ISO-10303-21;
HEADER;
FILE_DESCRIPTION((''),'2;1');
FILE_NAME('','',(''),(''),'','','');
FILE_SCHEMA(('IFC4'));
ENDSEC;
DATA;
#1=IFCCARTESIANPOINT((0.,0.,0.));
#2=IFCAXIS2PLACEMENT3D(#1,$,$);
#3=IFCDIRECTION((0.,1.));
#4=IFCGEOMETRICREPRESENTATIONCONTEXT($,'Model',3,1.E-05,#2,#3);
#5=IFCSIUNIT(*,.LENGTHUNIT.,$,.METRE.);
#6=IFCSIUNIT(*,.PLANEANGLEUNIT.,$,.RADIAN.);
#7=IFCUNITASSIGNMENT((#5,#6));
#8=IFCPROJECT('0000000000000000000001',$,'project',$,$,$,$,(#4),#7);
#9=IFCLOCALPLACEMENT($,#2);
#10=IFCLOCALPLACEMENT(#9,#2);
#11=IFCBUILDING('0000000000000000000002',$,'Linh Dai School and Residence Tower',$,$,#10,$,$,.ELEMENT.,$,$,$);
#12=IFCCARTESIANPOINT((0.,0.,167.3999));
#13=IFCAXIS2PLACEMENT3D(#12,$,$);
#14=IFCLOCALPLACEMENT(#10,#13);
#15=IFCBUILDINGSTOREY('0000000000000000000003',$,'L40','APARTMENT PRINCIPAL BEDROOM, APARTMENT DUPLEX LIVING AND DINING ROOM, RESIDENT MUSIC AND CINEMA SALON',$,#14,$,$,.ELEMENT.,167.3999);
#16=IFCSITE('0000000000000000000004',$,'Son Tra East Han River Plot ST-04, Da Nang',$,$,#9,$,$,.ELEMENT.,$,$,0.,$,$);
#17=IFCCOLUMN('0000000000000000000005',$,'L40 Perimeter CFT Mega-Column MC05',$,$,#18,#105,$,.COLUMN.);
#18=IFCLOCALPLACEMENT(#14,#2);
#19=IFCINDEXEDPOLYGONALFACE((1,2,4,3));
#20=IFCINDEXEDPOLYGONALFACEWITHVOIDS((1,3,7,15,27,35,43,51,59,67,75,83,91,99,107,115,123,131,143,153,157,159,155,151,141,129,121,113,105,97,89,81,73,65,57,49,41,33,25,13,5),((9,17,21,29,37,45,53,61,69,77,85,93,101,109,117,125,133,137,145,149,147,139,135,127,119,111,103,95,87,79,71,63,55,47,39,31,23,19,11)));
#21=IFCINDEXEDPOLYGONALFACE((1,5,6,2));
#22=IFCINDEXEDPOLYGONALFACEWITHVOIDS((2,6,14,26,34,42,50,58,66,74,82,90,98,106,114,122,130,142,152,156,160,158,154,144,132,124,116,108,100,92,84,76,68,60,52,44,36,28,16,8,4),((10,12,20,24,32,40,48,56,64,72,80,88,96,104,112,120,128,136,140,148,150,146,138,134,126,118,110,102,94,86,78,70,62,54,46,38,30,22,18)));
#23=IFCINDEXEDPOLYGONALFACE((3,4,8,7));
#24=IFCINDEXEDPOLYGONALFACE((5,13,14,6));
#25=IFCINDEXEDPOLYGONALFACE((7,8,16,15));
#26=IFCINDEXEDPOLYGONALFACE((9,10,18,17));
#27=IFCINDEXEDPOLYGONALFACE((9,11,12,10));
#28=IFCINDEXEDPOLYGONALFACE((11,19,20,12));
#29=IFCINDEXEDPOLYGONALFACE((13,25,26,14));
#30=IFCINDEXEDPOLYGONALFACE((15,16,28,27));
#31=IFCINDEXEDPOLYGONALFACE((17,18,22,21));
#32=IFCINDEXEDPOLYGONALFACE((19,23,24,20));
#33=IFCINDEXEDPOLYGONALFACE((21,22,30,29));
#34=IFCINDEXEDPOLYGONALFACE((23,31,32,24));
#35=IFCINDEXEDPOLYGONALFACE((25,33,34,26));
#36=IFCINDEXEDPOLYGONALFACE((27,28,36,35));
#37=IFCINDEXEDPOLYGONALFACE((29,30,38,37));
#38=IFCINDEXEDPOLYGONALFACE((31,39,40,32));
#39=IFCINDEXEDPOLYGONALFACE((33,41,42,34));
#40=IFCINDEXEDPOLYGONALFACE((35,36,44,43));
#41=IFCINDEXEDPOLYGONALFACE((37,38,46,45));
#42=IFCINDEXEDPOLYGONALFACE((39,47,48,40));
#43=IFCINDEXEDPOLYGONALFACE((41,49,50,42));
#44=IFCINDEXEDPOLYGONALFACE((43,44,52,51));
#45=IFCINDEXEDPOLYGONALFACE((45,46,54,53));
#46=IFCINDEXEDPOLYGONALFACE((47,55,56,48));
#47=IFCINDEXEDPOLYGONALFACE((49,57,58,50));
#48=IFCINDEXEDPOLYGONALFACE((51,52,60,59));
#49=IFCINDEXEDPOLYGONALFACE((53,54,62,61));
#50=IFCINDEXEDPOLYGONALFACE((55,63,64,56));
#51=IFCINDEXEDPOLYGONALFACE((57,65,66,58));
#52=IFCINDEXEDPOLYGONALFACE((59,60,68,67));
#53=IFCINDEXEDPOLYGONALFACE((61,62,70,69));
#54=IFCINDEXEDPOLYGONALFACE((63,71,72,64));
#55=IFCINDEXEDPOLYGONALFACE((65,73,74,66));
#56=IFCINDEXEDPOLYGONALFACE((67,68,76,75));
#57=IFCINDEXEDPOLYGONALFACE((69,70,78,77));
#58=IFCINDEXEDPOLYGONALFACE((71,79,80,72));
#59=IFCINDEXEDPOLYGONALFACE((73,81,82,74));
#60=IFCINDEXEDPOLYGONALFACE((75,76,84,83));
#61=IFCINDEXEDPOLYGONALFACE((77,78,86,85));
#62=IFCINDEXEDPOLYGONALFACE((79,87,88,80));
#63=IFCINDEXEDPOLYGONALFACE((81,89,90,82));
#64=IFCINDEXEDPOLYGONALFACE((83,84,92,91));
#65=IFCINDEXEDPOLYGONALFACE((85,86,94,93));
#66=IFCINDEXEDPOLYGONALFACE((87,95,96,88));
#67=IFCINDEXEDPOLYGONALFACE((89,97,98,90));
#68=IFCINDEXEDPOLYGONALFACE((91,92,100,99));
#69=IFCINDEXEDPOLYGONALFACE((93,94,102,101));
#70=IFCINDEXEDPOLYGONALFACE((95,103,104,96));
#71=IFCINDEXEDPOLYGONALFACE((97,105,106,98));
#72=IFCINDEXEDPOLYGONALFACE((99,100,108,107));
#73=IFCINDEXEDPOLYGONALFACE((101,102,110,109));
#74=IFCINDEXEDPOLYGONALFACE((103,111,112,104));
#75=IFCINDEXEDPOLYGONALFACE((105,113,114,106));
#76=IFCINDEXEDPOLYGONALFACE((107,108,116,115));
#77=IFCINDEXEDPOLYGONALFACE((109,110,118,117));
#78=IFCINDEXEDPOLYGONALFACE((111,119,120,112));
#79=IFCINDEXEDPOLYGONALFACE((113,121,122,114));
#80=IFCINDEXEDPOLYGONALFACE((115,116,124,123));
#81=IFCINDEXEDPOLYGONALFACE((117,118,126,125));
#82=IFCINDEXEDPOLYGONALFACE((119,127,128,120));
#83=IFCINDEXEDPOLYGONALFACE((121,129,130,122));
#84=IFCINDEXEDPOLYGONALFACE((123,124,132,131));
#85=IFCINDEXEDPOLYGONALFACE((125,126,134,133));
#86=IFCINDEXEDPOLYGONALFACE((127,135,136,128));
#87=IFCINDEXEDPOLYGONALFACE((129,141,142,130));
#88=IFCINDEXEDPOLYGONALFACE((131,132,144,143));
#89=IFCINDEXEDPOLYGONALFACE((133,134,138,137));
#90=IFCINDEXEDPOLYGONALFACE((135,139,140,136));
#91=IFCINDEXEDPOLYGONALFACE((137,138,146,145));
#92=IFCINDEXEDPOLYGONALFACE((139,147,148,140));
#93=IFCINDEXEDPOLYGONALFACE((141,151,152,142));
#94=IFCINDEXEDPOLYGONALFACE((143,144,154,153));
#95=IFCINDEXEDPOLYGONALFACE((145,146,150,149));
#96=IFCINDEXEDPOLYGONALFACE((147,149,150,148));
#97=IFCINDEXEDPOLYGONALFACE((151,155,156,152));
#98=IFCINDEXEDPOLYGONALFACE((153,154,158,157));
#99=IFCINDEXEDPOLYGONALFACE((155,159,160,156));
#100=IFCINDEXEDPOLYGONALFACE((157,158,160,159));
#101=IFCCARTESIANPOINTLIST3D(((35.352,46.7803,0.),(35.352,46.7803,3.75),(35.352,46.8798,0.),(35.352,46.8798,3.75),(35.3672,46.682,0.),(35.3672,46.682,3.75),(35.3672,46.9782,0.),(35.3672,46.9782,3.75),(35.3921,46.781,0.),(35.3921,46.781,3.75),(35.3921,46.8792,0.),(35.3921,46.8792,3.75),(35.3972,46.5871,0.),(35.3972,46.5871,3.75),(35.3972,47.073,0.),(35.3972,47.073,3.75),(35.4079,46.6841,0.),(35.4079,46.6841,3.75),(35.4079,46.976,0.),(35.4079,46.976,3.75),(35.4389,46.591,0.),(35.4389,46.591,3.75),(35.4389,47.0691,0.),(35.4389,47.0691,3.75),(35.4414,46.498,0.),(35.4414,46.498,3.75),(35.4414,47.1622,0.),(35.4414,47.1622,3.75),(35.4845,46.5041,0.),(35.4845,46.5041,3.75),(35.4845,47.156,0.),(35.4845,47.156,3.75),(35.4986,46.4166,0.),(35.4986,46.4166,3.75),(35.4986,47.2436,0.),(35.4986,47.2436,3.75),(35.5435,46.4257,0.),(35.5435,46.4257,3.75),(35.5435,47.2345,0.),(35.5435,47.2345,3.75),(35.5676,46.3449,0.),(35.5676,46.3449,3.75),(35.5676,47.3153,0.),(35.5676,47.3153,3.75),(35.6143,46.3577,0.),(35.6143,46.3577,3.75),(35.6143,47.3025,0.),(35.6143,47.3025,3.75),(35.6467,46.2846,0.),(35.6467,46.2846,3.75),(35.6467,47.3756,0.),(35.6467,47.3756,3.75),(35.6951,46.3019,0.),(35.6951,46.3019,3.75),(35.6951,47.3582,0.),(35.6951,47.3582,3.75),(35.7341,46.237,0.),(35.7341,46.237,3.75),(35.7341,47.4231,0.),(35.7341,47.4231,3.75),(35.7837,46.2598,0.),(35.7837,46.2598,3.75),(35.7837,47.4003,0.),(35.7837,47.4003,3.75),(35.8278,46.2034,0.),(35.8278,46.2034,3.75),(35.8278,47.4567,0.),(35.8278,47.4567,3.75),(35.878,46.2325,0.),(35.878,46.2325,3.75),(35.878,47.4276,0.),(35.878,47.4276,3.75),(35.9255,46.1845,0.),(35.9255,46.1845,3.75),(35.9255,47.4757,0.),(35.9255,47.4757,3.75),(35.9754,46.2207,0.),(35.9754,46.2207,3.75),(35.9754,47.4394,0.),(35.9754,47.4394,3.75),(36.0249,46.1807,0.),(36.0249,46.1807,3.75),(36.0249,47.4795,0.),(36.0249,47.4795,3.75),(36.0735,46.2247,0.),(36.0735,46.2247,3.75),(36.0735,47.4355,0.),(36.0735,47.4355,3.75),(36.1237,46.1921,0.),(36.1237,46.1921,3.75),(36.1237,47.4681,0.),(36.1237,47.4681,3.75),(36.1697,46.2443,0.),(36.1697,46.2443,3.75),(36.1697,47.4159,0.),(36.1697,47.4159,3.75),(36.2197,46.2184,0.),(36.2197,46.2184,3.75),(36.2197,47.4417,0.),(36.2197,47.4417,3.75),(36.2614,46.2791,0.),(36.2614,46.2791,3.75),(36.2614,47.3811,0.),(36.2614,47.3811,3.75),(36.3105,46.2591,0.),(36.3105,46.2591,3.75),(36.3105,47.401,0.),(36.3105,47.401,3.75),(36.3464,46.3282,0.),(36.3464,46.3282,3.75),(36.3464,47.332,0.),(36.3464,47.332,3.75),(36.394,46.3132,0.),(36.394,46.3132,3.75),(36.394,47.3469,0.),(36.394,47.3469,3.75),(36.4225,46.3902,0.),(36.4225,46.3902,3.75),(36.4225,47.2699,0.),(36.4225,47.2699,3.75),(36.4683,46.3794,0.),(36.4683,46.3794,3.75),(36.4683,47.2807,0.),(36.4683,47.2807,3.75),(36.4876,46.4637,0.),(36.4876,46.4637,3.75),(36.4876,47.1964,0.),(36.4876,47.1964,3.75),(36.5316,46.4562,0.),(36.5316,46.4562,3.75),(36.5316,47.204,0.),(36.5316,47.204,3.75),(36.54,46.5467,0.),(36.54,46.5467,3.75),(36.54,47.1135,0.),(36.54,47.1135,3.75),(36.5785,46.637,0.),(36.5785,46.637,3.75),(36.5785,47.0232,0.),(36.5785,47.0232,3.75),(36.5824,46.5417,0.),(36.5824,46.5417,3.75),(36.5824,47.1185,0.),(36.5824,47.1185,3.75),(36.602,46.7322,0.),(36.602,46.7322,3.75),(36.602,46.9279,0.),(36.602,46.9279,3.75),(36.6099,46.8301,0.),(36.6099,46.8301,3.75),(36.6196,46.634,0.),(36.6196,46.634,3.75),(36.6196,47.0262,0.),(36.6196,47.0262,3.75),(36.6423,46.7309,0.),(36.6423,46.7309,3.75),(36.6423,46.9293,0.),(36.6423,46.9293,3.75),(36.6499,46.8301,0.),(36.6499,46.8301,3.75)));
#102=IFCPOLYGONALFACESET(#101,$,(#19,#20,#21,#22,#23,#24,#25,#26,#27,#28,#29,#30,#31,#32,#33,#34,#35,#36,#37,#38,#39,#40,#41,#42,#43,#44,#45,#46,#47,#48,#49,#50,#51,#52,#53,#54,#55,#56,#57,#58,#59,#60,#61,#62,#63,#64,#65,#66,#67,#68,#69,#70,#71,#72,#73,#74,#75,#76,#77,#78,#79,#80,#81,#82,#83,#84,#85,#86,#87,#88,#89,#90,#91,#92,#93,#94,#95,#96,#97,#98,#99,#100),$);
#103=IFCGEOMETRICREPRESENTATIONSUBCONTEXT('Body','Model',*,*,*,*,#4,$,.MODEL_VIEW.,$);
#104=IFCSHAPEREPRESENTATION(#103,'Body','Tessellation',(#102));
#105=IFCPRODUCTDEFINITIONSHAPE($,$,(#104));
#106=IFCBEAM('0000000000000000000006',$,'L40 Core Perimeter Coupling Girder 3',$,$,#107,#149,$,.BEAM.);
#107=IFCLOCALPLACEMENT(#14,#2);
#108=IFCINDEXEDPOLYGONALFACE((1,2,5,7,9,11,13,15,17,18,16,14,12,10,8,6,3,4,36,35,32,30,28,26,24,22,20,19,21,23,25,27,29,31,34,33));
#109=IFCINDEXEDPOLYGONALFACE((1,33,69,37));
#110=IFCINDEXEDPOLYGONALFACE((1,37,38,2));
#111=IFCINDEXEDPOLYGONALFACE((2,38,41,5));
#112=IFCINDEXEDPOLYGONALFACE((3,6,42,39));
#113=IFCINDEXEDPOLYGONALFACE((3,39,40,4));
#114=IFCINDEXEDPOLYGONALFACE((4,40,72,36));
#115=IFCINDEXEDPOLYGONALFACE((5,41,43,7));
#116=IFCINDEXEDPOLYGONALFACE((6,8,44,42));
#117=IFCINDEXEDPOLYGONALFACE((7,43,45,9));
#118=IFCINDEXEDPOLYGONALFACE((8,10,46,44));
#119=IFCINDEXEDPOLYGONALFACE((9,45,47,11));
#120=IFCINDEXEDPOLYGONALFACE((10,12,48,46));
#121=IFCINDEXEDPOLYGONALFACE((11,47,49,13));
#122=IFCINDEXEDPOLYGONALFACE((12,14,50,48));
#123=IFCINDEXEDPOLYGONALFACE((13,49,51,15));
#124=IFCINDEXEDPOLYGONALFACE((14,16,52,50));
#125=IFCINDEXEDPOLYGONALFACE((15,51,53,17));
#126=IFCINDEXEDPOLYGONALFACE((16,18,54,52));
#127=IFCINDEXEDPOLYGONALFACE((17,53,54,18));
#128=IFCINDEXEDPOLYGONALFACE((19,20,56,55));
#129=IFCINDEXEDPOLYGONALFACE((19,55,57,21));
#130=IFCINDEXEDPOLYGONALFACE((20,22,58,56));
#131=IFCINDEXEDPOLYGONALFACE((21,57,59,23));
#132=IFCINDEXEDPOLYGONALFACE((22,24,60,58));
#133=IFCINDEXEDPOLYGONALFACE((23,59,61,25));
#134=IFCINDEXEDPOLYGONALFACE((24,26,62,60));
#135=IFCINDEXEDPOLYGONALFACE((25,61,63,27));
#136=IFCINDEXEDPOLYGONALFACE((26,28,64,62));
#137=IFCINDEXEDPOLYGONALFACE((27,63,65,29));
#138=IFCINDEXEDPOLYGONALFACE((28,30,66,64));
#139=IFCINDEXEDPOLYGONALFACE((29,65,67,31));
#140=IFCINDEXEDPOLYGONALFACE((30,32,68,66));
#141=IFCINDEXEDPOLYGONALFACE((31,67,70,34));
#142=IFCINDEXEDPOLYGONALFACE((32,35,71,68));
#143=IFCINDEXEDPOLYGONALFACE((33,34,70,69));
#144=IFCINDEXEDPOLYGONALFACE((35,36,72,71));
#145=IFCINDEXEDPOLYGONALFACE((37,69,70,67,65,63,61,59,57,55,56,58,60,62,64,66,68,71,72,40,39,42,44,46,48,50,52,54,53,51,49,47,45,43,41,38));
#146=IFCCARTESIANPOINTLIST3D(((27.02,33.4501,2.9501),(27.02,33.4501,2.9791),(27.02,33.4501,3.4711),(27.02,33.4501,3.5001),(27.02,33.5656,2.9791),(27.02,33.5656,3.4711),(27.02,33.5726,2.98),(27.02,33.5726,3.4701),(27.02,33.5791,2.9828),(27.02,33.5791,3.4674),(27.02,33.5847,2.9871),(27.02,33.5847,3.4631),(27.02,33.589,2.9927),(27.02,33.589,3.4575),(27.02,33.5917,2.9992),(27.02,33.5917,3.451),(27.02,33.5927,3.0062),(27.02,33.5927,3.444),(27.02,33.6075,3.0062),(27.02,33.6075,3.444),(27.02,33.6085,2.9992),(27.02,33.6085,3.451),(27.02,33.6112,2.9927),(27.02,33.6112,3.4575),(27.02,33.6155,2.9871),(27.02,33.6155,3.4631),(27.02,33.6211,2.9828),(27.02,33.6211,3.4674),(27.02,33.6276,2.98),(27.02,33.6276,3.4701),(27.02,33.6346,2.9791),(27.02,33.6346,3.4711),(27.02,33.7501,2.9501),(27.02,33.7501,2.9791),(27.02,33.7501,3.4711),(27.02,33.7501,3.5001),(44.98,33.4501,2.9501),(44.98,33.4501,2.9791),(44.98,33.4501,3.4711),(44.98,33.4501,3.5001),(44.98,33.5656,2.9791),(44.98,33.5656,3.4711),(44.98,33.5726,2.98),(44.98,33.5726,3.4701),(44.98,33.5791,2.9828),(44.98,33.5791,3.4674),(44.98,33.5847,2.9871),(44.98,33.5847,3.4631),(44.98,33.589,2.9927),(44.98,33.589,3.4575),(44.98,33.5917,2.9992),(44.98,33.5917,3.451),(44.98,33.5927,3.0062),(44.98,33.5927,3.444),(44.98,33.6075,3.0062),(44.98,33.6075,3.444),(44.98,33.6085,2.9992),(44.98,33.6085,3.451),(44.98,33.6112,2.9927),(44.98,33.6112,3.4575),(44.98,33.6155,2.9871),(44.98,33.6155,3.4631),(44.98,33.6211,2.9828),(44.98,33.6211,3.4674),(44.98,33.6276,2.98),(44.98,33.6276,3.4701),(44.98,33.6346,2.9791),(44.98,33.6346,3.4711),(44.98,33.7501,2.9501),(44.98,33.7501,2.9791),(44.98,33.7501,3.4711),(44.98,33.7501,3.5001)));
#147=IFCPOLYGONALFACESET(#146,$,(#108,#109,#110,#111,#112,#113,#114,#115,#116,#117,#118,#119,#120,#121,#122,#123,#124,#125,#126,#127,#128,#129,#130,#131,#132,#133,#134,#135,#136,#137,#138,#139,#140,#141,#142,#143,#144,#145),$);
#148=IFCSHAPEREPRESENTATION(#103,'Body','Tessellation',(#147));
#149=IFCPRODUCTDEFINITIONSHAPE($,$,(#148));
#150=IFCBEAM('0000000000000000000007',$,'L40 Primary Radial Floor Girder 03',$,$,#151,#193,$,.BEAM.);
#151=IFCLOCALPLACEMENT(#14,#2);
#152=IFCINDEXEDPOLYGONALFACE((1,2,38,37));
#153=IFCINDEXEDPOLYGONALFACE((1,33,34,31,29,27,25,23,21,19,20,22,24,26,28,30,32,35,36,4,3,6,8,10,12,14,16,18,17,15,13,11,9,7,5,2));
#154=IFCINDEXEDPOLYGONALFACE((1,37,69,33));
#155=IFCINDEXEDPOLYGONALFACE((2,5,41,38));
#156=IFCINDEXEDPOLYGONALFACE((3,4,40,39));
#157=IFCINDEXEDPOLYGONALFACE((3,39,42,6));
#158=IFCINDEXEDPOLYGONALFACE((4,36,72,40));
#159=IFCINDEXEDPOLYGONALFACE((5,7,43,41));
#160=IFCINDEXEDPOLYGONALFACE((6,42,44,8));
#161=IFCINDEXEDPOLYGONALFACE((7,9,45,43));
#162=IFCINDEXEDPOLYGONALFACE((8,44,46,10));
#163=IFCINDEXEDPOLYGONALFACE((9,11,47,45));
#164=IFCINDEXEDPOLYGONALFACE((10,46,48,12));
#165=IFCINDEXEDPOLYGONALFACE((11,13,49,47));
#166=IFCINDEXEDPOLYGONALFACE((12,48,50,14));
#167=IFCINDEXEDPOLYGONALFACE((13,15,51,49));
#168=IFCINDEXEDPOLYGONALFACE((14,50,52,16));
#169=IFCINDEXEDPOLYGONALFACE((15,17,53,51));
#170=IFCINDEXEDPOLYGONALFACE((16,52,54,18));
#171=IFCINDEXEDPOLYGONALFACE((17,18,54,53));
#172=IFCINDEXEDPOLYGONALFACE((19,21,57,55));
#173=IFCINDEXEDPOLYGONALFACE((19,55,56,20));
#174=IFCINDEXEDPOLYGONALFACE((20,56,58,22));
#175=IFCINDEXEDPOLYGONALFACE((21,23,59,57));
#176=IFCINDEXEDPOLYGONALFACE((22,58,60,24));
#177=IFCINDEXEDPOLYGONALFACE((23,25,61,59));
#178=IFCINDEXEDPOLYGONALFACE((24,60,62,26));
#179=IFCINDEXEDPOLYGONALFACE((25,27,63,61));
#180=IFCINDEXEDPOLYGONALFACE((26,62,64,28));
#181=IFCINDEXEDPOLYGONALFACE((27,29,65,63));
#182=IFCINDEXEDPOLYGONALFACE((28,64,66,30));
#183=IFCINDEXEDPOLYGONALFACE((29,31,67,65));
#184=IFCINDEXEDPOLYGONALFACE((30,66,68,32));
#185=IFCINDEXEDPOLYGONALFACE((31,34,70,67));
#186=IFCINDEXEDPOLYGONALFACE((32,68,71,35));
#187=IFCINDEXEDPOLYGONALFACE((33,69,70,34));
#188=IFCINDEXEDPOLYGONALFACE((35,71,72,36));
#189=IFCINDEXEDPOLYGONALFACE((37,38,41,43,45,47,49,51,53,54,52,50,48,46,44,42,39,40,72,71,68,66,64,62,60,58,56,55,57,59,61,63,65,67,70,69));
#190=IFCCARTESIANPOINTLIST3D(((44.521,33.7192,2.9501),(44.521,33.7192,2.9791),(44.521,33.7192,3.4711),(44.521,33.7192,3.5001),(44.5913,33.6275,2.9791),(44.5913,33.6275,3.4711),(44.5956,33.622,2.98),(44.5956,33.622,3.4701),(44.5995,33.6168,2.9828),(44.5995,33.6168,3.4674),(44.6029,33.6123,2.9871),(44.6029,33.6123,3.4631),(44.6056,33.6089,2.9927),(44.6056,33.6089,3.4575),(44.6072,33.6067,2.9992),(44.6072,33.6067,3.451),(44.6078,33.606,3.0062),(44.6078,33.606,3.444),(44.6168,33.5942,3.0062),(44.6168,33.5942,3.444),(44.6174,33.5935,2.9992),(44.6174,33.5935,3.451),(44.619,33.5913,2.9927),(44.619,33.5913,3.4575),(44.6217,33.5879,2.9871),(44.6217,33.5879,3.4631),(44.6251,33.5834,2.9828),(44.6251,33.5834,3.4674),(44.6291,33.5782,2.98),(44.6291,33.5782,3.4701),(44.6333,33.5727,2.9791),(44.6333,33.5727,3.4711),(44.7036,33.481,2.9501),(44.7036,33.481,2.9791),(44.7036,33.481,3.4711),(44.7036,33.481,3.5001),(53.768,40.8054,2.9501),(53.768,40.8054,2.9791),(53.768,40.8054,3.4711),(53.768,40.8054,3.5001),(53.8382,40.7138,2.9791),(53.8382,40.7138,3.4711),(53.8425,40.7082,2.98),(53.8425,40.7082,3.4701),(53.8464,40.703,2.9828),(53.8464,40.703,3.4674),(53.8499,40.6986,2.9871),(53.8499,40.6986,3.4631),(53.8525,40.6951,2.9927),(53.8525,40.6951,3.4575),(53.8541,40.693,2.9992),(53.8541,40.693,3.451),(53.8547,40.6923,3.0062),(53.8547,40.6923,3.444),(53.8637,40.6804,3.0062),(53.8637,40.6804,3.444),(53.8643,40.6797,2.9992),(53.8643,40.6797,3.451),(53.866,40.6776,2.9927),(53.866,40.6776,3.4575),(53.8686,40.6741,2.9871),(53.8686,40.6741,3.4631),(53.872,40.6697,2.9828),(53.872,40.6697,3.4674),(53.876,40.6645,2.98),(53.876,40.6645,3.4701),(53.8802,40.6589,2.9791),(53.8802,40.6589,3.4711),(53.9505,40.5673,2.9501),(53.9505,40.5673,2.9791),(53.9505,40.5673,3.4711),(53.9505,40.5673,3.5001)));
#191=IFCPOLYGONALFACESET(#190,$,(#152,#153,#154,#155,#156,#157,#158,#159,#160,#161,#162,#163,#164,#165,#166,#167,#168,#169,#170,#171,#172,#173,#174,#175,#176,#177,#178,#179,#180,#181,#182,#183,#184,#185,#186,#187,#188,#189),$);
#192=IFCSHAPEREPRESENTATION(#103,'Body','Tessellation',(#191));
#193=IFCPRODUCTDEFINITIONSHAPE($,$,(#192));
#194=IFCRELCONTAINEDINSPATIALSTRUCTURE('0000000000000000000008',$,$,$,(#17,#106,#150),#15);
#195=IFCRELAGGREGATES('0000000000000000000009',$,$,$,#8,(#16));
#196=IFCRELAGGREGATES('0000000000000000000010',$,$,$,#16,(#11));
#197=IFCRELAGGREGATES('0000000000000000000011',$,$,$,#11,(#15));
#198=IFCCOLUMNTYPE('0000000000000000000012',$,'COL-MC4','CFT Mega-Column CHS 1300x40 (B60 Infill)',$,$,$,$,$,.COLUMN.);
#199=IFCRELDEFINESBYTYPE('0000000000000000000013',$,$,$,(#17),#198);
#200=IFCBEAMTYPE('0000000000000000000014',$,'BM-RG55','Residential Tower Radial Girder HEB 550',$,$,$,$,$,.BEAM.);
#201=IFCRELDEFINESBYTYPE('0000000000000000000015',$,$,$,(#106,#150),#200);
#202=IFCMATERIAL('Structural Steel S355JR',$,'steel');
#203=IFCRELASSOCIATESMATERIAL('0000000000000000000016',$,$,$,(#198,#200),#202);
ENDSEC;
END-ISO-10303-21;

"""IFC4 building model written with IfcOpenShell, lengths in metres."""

from ifc_helpers import new_model, si_unit, direction, frame, origin, origin_2d, place, context, subcontext, project, spatial, hollow_circle, i_section, extrude, material, material_profile, profile_set, type_object, element, save


model = new_model("IFC4")

# Units and contexts
model_context = context("Model", 3, precision=1e-05, world=origin(), true_north=direction((0.0, 1.0)))
body_context = subcontext(model_context, "Body", "Model", "MODEL_VIEW")
ifc_project = project(units=[si_unit("LENGTHUNIT", "METRE"), si_unit("PLANEANGLEUNIT", "RADIAN")], contexts=[model_context])

# Site, building, storey
site_placement = place(None, origin())
site = spatial("IfcSite", under=ifc_project, at=site_placement, Name="Son Tra East Han River Plot ST-04, Da Nang", CompositionType="ELEMENT", RefElevation=0.0)
building_placement = place(site_placement, origin())
building = spatial("IfcBuilding", under=site, at=building_placement, Name="Linh Dai School and Residence Tower", CompositionType="ELEMENT")
storey_placement = place(building_placement, frame((0.0, 0.0, 167.3999)))
storey = spatial("IfcBuildingStorey", under=building, at=storey_placement, Name="L40", Description="APARTMENT PRINCIPAL BEDROOM, APARTMENT DUPLEX LIVING AND DINING ROOM, RESIDENT MUSIC AND CINEMA SALON", CompositionType="ELEMENT", Elevation=167.3999)

# Column
ifc_material_1 = material(Name="Structural Steel S355JR", Category="steel")
ifc_material_profile_1 = material_profile(ifc_material_1, hollow_circle(Radius=0.6499, WallThickness=0.04, at=origin_2d()), Name="CHS 1300x40")
ifc_profile_set_1 = profile_set([ifc_material_profile_1], Name="Structural Steel S355JR")
column_type = type_object("IfcColumnType", Name="COL-MC4", Description="CFT Mega-Column CHS 1300x40 (B60 Infill)", PredefinedType="COLUMN", material=ifc_profile_set_1)
column_placement = place(storey_placement, frame((36.0, 46.8301, 0.0), z_axis=(0.0, 0.0, 1.0), x_axis=(1.0, 0.0, 0.0)))
element("IfcColumn", 1, at=column_placement, inside=storey, type_object=column_type, Name="L40 Perimeter CFT Mega-Column MC05", PredefinedType="COLUMN", context=body_context, shape_type="SweptSolid", body=[
    extrude(hollow_circle(Radius=0.6499, WallThickness=0.04, at=origin_2d()), origin(), (0.0, 0.0, 1.0), 3.75),
])

# Beams
ifc_material_profile_2 = material_profile(ifc_material_1, i_section(OverallWidth=0.3, OverallDepth=0.55, WebThickness=0.0149, FlangeThickness=0.0291, FilletRadius=0.0271, at=origin_2d()), Name="HEB 550")
ifc_profile_set_2 = profile_set([ifc_material_profile_2], Name="Structural Steel S355JR")
beam_type = type_object("IfcBeamType", Name="BM-RG55", Description="Residential Tower Radial Girder HEB 550", PredefinedType="BEAM", material=ifc_profile_set_2)
beam_1_placement = place(storey_placement, frame((44.98, 33.6001, 3.2251), z_axis=(-1.0, 0.0, 0.0), x_axis=(0.0, -1.0, 0.0)))
element("IfcBeam", 2, at=beam_1_placement, inside=storey, type_object=beam_type, Name="L40 Core Perimeter Coupling Girder 3", PredefinedType="BEAM", context=body_context, shape_type="SweptSolid", body=[
    extrude(i_section(OverallWidth=0.3, OverallDepth=0.55, WebThickness=0.0149, FlangeThickness=0.0291, FilletRadius=0.0271, at=origin_2d()), origin(), (0.0, 0.0, 1.0), 17.96),
])
beam_2_placement = place(storey_placement, frame((44.6123, 33.6001, 3.2251), z_axis=(0.793733, 0.608267, 0.0), x_axis=(-0.608267, 0.793733, 0.0)))
element("IfcBeam", 3, at=beam_2_placement, inside=storey, type_object=beam_type, Name="L40 Primary Radial Floor Girder 03", PredefinedType="BEAM", context=body_context, shape_type="SweptSolid", body=[
    extrude(i_section(OverallWidth=0.3, OverallDepth=0.55, WebThickness=0.0149, FlangeThickness=0.0291, FilletRadius=0.0271, at=origin_2d()), origin(), (0.0, 0.0, 1.0), 11.6499),
])

save(model, "model.ifc")
